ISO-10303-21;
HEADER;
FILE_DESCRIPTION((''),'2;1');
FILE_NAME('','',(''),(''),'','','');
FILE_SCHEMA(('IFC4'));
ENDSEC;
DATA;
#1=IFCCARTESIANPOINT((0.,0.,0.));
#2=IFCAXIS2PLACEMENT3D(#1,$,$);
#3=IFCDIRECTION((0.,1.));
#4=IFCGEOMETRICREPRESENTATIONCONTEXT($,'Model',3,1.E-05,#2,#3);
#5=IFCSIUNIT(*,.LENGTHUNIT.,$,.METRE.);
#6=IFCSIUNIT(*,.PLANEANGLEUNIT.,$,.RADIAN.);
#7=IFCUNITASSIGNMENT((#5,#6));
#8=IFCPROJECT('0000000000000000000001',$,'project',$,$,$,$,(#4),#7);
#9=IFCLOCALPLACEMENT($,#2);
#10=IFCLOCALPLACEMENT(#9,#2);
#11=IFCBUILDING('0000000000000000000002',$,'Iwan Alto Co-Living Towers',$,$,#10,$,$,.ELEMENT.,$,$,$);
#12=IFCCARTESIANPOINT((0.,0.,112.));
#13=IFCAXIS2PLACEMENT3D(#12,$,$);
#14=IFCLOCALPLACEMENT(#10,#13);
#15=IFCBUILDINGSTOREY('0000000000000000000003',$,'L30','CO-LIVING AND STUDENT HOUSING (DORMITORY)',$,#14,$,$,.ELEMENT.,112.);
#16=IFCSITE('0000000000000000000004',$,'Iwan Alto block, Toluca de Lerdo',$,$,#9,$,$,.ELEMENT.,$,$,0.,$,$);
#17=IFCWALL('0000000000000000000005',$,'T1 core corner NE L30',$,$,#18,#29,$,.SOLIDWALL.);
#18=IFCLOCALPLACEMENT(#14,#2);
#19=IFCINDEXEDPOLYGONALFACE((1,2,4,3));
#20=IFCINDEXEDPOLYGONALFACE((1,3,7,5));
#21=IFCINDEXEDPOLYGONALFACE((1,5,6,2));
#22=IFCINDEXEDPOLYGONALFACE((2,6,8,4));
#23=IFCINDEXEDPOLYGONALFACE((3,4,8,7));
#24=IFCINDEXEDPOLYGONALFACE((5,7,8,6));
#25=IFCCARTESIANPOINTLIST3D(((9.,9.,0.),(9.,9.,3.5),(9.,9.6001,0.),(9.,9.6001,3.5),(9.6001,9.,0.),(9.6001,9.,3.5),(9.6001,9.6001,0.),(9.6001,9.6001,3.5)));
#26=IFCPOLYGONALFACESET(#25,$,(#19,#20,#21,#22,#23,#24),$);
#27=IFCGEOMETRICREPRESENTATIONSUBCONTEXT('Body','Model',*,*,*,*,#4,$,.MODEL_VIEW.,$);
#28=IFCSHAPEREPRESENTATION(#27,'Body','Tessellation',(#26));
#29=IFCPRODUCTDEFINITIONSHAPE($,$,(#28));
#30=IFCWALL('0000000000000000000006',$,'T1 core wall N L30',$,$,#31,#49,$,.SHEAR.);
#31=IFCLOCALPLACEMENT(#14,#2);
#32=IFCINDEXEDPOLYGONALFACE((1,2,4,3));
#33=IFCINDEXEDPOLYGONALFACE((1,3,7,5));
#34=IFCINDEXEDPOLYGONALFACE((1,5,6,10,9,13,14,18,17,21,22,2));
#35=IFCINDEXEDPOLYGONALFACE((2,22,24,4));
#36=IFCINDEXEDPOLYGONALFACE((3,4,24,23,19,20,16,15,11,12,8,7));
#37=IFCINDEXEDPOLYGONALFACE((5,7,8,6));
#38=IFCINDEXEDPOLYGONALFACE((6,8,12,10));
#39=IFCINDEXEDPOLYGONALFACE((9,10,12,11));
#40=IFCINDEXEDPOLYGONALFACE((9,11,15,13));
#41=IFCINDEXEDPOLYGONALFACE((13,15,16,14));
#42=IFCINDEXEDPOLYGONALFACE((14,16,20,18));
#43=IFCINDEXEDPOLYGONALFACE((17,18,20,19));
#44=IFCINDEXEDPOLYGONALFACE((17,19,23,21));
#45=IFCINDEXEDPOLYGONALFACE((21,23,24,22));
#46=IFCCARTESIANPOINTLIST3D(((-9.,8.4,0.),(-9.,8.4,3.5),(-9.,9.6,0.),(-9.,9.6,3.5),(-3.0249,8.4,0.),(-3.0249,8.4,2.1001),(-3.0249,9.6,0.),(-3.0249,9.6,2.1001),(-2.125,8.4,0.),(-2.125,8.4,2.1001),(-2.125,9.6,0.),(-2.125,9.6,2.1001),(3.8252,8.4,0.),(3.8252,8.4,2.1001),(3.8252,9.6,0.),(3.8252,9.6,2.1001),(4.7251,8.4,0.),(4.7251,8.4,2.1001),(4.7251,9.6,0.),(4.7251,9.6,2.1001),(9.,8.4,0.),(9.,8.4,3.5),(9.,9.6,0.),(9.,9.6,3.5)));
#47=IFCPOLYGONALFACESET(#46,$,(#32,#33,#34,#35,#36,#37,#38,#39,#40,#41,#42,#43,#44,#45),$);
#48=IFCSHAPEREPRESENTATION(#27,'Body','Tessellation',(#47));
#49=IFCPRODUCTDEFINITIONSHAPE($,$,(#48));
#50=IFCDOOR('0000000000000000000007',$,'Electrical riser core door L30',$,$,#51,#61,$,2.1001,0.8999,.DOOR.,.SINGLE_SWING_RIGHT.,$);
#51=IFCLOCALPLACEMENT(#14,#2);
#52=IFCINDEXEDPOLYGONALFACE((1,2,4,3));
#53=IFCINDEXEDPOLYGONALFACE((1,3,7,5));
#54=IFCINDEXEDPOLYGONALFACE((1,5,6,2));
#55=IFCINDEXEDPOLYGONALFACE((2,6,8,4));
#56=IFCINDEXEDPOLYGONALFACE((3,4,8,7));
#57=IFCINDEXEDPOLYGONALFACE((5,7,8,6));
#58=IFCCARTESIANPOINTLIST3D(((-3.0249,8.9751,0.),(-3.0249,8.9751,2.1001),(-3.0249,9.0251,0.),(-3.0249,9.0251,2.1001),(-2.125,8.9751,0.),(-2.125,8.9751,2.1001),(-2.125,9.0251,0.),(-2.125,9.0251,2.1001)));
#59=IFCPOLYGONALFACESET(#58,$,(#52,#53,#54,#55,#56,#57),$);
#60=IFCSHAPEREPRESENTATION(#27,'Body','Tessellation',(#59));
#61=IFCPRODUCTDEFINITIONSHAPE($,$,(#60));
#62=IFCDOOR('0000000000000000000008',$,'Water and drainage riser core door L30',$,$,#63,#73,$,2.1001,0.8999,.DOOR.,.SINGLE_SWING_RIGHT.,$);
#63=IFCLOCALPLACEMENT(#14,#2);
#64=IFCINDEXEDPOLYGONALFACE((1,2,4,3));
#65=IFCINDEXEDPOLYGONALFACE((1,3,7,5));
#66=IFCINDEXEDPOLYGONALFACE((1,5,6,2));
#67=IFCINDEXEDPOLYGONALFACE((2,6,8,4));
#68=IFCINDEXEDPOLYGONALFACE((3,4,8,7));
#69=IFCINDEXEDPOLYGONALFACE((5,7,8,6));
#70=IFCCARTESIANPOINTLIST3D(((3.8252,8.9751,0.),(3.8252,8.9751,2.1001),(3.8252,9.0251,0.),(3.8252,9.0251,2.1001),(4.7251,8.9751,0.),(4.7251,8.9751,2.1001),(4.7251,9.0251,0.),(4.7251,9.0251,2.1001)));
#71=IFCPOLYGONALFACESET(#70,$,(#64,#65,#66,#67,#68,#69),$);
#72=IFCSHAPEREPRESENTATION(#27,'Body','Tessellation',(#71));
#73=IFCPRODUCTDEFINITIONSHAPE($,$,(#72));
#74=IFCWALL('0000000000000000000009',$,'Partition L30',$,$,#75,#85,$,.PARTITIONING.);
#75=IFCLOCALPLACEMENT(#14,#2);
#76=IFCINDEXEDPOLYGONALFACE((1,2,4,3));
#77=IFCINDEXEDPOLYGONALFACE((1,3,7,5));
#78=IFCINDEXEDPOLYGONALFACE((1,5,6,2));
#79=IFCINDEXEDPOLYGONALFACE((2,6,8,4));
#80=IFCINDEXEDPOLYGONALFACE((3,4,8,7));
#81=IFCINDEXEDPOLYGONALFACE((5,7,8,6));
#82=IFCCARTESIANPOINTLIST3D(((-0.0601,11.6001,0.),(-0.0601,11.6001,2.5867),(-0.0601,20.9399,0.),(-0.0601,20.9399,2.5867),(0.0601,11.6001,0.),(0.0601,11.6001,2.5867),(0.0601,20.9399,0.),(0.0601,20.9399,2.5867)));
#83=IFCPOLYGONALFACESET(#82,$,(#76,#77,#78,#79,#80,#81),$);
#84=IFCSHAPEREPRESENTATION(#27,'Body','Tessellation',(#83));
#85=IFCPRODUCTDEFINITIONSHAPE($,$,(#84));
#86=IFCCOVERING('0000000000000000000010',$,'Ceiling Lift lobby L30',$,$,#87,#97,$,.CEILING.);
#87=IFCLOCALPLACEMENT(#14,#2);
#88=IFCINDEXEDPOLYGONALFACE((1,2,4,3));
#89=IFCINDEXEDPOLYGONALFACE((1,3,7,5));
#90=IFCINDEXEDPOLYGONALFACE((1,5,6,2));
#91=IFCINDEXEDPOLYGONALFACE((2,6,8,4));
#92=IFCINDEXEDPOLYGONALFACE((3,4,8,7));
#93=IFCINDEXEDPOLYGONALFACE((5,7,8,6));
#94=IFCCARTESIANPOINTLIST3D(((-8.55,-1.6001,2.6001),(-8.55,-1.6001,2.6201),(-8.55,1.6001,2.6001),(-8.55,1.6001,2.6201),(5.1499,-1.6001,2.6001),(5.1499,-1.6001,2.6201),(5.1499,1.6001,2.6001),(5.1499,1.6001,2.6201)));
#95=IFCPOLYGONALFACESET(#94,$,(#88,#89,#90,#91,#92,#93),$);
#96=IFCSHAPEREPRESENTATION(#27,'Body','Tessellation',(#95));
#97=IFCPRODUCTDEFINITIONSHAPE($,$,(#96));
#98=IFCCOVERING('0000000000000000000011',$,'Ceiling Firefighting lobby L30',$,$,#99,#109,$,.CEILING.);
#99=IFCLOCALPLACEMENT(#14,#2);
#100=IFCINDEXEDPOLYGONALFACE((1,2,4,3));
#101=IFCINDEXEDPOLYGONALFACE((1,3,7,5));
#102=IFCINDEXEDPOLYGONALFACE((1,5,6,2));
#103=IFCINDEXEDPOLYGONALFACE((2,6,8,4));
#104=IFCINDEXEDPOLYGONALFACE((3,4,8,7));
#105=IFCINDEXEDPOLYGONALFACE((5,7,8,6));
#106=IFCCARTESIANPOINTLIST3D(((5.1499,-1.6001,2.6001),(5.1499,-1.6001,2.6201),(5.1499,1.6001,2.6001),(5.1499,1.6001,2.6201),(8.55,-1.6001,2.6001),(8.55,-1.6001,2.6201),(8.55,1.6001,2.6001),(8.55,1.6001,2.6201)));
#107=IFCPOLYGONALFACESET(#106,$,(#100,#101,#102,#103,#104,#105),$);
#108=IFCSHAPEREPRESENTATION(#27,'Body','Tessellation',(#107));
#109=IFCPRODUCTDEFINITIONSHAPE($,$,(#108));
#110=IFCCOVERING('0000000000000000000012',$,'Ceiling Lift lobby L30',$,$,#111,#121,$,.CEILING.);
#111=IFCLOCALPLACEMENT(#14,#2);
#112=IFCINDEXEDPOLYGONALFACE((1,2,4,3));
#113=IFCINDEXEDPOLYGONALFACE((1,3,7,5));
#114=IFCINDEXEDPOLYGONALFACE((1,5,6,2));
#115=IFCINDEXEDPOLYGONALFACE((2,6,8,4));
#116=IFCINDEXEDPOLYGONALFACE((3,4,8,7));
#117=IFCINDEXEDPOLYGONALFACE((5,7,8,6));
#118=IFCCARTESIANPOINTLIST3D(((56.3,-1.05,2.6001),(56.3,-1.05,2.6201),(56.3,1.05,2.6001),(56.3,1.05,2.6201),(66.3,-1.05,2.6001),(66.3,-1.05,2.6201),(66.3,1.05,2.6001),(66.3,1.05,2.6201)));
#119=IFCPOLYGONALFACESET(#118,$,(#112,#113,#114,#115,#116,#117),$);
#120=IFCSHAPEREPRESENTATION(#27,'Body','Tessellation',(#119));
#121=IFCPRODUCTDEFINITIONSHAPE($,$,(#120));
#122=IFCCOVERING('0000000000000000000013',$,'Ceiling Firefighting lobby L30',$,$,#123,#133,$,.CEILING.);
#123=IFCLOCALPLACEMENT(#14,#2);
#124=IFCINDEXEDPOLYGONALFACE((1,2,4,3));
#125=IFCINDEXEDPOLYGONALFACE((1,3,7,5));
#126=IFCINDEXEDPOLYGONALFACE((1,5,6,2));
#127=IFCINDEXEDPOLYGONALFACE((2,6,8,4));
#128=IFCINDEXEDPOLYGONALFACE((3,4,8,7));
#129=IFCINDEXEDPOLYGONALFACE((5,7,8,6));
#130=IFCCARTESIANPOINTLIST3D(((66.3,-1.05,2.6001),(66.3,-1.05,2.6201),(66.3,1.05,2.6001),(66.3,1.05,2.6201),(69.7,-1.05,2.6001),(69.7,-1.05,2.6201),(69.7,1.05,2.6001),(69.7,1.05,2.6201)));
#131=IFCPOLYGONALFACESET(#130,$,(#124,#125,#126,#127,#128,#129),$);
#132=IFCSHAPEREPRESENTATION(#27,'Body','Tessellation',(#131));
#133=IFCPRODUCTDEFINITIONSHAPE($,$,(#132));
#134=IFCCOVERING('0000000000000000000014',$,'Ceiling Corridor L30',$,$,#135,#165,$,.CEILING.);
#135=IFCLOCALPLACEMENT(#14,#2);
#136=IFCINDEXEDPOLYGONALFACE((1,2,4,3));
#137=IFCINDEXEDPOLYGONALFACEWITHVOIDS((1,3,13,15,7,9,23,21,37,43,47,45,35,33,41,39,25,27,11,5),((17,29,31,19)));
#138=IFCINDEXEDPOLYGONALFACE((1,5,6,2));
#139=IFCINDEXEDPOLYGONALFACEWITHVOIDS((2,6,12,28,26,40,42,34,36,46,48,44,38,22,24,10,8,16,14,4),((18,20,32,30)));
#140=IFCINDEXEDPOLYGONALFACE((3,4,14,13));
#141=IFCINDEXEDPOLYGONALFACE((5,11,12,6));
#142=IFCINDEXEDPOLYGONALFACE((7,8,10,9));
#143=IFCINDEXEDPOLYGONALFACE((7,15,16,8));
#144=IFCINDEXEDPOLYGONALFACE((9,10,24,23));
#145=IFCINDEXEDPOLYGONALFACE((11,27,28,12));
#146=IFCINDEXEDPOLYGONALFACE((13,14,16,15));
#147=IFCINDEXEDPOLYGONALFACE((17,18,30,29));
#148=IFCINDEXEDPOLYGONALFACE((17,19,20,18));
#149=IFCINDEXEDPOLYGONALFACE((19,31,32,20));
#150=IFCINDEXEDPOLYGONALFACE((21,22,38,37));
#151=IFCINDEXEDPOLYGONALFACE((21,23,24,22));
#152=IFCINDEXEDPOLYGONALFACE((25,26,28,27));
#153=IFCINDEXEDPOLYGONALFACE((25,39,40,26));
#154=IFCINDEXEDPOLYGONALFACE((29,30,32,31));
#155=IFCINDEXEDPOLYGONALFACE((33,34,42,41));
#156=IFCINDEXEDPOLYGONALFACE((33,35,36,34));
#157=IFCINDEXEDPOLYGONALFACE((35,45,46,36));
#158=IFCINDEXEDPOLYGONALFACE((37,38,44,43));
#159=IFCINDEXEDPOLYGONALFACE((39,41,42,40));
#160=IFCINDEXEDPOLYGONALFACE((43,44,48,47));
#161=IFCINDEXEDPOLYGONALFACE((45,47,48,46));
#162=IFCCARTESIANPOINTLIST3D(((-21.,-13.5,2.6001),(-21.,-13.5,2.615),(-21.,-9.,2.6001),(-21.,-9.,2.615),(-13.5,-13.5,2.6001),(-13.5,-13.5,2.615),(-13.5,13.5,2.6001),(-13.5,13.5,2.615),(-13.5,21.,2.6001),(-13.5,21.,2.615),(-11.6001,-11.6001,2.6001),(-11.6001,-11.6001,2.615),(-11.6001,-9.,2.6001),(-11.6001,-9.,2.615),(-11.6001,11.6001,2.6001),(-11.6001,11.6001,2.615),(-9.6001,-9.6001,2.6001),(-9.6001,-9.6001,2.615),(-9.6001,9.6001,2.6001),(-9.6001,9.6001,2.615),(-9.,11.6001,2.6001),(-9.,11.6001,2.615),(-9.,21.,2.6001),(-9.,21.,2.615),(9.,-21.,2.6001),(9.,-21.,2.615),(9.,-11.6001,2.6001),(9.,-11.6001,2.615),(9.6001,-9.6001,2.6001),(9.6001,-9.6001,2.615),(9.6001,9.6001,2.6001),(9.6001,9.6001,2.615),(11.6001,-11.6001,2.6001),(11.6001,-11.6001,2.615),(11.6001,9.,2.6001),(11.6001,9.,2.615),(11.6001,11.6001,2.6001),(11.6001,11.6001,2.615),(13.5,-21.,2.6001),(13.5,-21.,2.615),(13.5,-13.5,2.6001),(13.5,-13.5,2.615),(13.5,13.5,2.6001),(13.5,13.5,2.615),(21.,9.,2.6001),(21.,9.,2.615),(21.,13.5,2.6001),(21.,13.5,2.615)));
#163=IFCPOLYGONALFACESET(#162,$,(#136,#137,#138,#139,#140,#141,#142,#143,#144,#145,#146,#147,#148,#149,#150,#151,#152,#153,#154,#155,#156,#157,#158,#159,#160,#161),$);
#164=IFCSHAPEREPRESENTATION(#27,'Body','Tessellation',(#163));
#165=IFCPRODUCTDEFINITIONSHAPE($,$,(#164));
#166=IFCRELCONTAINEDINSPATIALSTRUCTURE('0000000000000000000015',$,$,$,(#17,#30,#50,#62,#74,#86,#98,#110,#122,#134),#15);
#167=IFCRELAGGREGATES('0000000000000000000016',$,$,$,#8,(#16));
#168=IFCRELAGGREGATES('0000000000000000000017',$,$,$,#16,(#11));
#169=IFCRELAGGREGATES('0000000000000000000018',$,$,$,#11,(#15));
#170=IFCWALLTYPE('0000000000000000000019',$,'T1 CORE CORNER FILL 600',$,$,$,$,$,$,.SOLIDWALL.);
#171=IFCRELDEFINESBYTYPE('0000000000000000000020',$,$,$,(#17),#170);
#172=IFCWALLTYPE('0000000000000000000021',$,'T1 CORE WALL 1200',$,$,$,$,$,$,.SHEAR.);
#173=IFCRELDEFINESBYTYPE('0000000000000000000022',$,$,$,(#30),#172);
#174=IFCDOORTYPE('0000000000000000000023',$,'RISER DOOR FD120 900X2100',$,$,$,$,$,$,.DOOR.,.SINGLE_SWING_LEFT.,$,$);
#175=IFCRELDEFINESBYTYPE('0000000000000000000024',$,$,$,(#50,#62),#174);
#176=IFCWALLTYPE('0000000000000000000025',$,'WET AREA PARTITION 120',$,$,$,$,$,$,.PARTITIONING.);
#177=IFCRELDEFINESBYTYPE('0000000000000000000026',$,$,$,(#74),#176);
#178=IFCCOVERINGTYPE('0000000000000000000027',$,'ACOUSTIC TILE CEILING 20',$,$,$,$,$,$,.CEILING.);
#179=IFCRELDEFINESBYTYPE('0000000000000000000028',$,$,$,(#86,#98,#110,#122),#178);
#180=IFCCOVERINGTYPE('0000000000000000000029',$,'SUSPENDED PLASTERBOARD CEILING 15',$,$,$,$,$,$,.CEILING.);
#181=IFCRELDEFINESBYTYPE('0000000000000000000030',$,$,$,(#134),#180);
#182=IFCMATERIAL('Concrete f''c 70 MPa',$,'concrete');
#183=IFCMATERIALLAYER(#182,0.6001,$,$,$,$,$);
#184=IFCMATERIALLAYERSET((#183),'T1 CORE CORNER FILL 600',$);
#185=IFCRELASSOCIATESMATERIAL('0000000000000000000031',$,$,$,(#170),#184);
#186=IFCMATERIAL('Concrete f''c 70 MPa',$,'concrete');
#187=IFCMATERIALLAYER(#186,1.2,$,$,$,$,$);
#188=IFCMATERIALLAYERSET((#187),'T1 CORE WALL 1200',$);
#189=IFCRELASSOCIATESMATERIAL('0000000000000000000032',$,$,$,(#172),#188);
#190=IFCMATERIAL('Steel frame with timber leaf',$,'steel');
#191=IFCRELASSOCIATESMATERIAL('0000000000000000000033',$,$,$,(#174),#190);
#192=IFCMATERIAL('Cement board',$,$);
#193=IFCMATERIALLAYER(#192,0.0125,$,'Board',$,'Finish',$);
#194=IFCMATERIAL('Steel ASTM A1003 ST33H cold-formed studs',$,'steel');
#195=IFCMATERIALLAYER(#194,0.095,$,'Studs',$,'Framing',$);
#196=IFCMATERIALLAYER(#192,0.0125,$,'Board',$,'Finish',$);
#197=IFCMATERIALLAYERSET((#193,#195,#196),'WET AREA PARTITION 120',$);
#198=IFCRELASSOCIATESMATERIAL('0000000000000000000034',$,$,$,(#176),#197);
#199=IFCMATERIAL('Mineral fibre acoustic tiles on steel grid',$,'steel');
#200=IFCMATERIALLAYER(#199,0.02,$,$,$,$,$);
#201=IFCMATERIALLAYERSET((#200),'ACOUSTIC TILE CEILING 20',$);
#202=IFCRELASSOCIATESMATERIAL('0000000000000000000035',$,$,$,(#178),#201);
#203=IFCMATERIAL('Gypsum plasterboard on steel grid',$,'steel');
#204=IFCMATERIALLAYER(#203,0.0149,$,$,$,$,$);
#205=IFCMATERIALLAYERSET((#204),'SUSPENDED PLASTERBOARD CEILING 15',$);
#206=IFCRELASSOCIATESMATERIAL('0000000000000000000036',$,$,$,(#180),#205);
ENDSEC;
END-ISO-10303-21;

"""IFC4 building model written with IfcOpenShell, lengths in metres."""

from ifc_helpers import new_model, si_unit, direction, frame, frame_2d, origin, place, context, subcontext, project, spatial, polyline, rectangle, outline, extrude, material, layer, layer_set, type_object, element, fill, save


model = new_model("IFC4")

# Units and contexts
model_context = context("Model", 3, precision=1e-05, world=origin(), true_north=direction((0.0, 1.0)))
body_context = subcontext(model_context, "Body", "Model", "MODEL_VIEW")
ifc_project = project(units=[si_unit("LENGTHUNIT", "METRE"), si_unit("PLANEANGLEUNIT", "RADIAN")], contexts=[model_context])

# Site, building, storey
site_placement = place(None, origin())
site = spatial("IfcSite", under=ifc_project, at=site_placement, Name="Iwan Alto block, Toluca de Lerdo", CompositionType="ELEMENT", RefElevation=0.0)
building_placement = place(site_placement, origin())
building = spatial("IfcBuilding", under=site, at=building_placement, Name="Iwan Alto Co-Living Towers", CompositionType="ELEMENT")
storey_placement = place(building_placement, frame((0.0, 0.0, 112.0)))
storey = spatial("IfcBuildingStorey", under=building, at=storey_placement, Name="L30", Description="CO-LIVING AND STUDENT HOUSING (DORMITORY)", CompositionType="ELEMENT", Elevation=112.0)

# Wall
ifc_material_1 = material(Name="Concrete f'c 70 MPa", Category="concrete")
ifc_layer_1 = layer(ifc_material_1, 0.6001)
ifc_layer_set_1 = layer_set([ifc_layer_1], Name="T1 CORE CORNER FILL 600")
wall_type_1 = type_object("IfcWallType", Name="T1 CORE CORNER FILL 600", PredefinedType="SOLIDWALL", material=ifc_layer_set_1)
wall_1_placement = place(storey_placement, frame((9.0, 9.3, 0.0), z_axis=(0.0, 0.0, 1.0), x_axis=(1.0, 0.0, 0.0)))
element("IfcWall", 1, at=wall_1_placement, inside=storey, type_object=wall_type_1, Name="T1 core corner NE L30", PredefinedType="SOLIDWALL", context=body_context, shape_type="SweptSolid", body=[
    extrude(rectangle(XDim=0.6001, YDim=0.6001, at=frame_2d((0.3, 0.0))), origin(), (0.0, 0.0, 1.0), 3.5),
])

# Wall, openings, doors
ifc_material_2 = material(Name="Concrete f'c 70 MPa", Category="concrete")
ifc_layer_2 = layer(ifc_material_2, 1.2)
ifc_layer_set_2 = layer_set([ifc_layer_2], Name="T1 CORE WALL 1200")
wall_type_2 = type_object("IfcWallType", Name="T1 CORE WALL 1200", PredefinedType="SHEAR", material=ifc_layer_set_2)
wall_2_placement = place(storey_placement, frame((9.0, 9.0, 0.0), z_axis=(0.0, 0.0, 1.0), x_axis=(-1.0, 0.0, 0.0)))
wall_2 = element("IfcWall", 2, at=wall_2_placement, inside=storey, type_object=wall_type_2, Name="T1 core wall N L30", PredefinedType="SHEAR", context=body_context, shape_type="SweptSolid", body=[
    extrude(rectangle(XDim=18.0, YDim=1.2, at=frame_2d((9.0, 0.0))), origin(), (0.0, 0.0, 1.0), 3.5),
])
opening_1_placement = place(wall_2_placement, frame((11.125, 0.0, 0.0)))
opening_1 = element("IfcOpeningElement", 3, at=opening_1_placement, cuts=wall_2, PredefinedType="OPENING", context=body_context, shape_type="SweptSolid", body=[
    extrude(rectangle(XDim=0.8999, YDim=2.1001, at=frame_2d((0.45, 1.05))), frame((0.0, 0.6099, 0.0), z_axis=(0.0, -1.0, 0.0), x_axis=(1.0, 0.0, 0.0)), (0.0, 0.0, 1.0), 1.22),
])
opening_2_placement = place(wall_2_placement, frame((4.2749, 0.0, 0.0)))
opening_2 = element("IfcOpeningElement", 4, at=opening_2_placement, cuts=wall_2, PredefinedType="OPENING", context=body_context, shape_type="SweptSolid", body=[
    extrude(rectangle(XDim=0.8999, YDim=2.1001, at=frame_2d((0.45, 1.05))), frame((0.0, 0.6099, 0.0), z_axis=(0.0, -1.0, 0.0), x_axis=(1.0, 0.0, 0.0)), (0.0, 0.0, 1.0), 1.22),
])
ifc_material_3 = material(Name="Steel frame with timber leaf", Category="steel")
door_type = type_object("IfcDoorType", Name="RISER DOOR FD120 900X2100", OperationType="SINGLE_SWING_LEFT", PredefinedType="DOOR", material=ifc_material_3)
door_1_placement = place(opening_1_placement, origin())
door_1 = element("IfcDoor", 5, at=door_1_placement, inside=storey, type_object=door_type, Name="Electrical riser core door L30", OperationType="SINGLE_SWING_RIGHT", OverallHeight=2.1001, OverallWidth=0.8999, PredefinedType="DOOR", context=body_context, shape_type="SweptSolid", body=[
    extrude(rectangle(XDim=0.8999, YDim=2.1001, at=frame_2d((0.45, 1.05))), frame((0.0, 0.0249, 0.0), z_axis=(0.0, -1.0, 0.0), x_axis=(1.0, 0.0, 0.0)), (0.0, 0.0, 1.0), 0.05),
])
fill(opening_1, door_1)
door_2_placement = place(opening_2_placement, origin())
door_2 = element("IfcDoor", 6, at=door_2_placement, inside=storey, type_object=door_type, Name="Water and drainage riser core door L30", OperationType="SINGLE_SWING_RIGHT", OverallHeight=2.1001, OverallWidth=0.8999, PredefinedType="DOOR", context=body_context, shape_type="SweptSolid", body=[
    extrude(rectangle(XDim=0.8999, YDim=2.1001, at=frame_2d((0.45, 1.05))), frame((0.0, 0.0249, 0.0), z_axis=(0.0, -1.0, 0.0), x_axis=(1.0, 0.0, 0.0)), (0.0, 0.0, 1.0), 0.05),
])
fill(opening_2, door_2)

# Wall
ifc_material_4 = material(Name="Cement board")
ifc_layer_3 = layer(ifc_material_4, 0.0125, Name="Board", Category="Finish")
ifc_material_5 = material(Name="Steel ASTM A1003 ST33H cold-formed studs", Category="steel")
ifc_layer_4 = layer(ifc_material_5, 0.095, Name="Studs", Category="Framing")
ifc_layer_5 = layer(ifc_material_4, 0.0125, Name="Board", Category="Finish")
ifc_layer_set_3 = layer_set([ifc_layer_3, ifc_layer_4, ifc_layer_5], Name="WET AREA PARTITION 120")
wall_type_3 = type_object("IfcWallType", Name="WET AREA PARTITION 120", PredefinedType="PARTITIONING", material=ifc_layer_set_3)
wall_3_placement = place(storey_placement, frame((0.0, 11.6001, 0.0), z_axis=(0.0, 0.0, 1.0), x_axis=(0.0, 1.0, 0.0)))
element("IfcWall", 7, at=wall_3_placement, inside=storey, type_object=wall_type_3, Name="Partition L30", PredefinedType="PARTITIONING", context=body_context, shape_type="SweptSolid", body=[
    extrude(rectangle(XDim=9.3398, YDim=0.1201, at=frame_2d((4.6699, 0.0))), origin(), (0.0, 0.0, 1.0), 2.5867),
])

# Coverings
ifc_material_6 = material(Name="Mineral fibre acoustic tiles on steel grid", Category="steel")
ifc_layer_6 = layer(ifc_material_6, 0.02)
ifc_layer_set_4 = layer_set([ifc_layer_6], Name="ACOUSTIC TILE CEILING 20")
covering_type_1 = type_object("IfcCoveringType", Name="ACOUSTIC TILE CEILING 20", PredefinedType="CEILING", material=ifc_layer_set_4)
covering_1_placement = place(storey_placement, frame((0.0, 0.0, 2.6001)))
element("IfcCovering", 8, at=covering_1_placement, inside=storey, type_object=covering_type_1, Name="Ceiling Lift lobby L30", PredefinedType="CEILING", context=body_context, shape_type="SweptSolid", body=[
    extrude(outline(polyline([(-8.55, -1.6001), (-8.55, 1.6001), (5.1499, 1.6001), (5.1499, -1.6001), (-8.55, -1.6001)])), origin(), (0.0, 0.0, 1.0), 0.02),
])
covering_2_placement = place(storey_placement, frame((0.0, 0.0, 2.6001)))
element("IfcCovering", 9, at=covering_2_placement, inside=storey, type_object=covering_type_1, Name="Ceiling Firefighting lobby L30", PredefinedType="CEILING", context=body_context, shape_type="SweptSolid", body=[
    extrude(outline(polyline([(5.1499, -1.6001), (5.1499, 1.6001), (8.55, 1.6001), (8.55, -1.6001), (5.1499, -1.6001)])), origin(), (0.0, 0.0, 1.0), 0.02),
])
covering_3_placement = place(storey_placement, frame((0.0, 0.0, 2.6001)))
element("IfcCovering", 10, at=covering_3_placement, inside=storey, type_object=covering_type_1, Name="Ceiling Lift lobby L30", PredefinedType="CEILING", context=body_context, shape_type="SweptSolid", body=[
    extrude(outline(polyline([(56.3, -1.05), (56.3, 1.05), (66.3, 1.05), (66.3, -1.05), (56.3, -1.05)])), origin(), (0.0, 0.0, 1.0), 0.02),
])
covering_4_placement = place(storey_placement, frame((0.0, 0.0, 2.6001)))
element("IfcCovering", 11, at=covering_4_placement, inside=storey, type_object=covering_type_1, Name="Ceiling Firefighting lobby L30", PredefinedType="CEILING", context=body_context, shape_type="SweptSolid", body=[
    extrude(outline(polyline([(66.3, -1.05), (66.3, 1.05), (69.7, 1.05), (69.7, -1.05), (66.3, -1.05)])), origin(), (0.0, 0.0, 1.0), 0.02),
])
ifc_material_7 = material(Name="Gypsum plasterboard on steel grid", Category="steel")
ifc_layer_7 = layer(ifc_material_7, 0.0149)
ifc_layer_set_5 = layer_set([ifc_layer_7], Name="SUSPENDED PLASTERBOARD CEILING 15")
covering_type_2 = type_object("IfcCoveringType", Name="SUSPENDED PLASTERBOARD CEILING 15", PredefinedType="CEILING", material=ifc_layer_set_5)
covering_5_placement = place(storey_placement, frame((0.0, 0.0, 2.6001)))
element("IfcCovering", 12, at=covering_5_placement, inside=storey, type_object=covering_type_2, Name="Ceiling Corridor L30", PredefinedType="CEILING", context=body_context, shape_type="SweptSolid", body=[
    extrude(outline(polyline([(13.5, -21.0), (9.0, -21.0), (9.0, -11.6001), (-11.6001, -11.6001), (-13.5, -13.5), (-21.0, -13.5), (-21.0, -9.0), (-11.6001, -9.0), (-11.6001, 11.6001), (-13.5, 13.5), (-13.5, 21.0), (-9.0, 21.0), (-9.0, 11.6001), (11.6001, 11.6001), (13.5, 13.5), (21.0, 13.5), (21.0, 9.0), (11.6001, 9.0), (11.6001, -11.6001), (13.5, -13.5), (13.5, -21.0)]), holes=[polyline([(9.6001, -9.6001), (9.6001, 9.6001), (-9.6001, 9.6001), (-9.6001, -9.6001), (9.6001, -9.6001)])]), origin(), (0.0, 0.0, 1.0), 0.0149),
])

save(model, "model.ifc")
